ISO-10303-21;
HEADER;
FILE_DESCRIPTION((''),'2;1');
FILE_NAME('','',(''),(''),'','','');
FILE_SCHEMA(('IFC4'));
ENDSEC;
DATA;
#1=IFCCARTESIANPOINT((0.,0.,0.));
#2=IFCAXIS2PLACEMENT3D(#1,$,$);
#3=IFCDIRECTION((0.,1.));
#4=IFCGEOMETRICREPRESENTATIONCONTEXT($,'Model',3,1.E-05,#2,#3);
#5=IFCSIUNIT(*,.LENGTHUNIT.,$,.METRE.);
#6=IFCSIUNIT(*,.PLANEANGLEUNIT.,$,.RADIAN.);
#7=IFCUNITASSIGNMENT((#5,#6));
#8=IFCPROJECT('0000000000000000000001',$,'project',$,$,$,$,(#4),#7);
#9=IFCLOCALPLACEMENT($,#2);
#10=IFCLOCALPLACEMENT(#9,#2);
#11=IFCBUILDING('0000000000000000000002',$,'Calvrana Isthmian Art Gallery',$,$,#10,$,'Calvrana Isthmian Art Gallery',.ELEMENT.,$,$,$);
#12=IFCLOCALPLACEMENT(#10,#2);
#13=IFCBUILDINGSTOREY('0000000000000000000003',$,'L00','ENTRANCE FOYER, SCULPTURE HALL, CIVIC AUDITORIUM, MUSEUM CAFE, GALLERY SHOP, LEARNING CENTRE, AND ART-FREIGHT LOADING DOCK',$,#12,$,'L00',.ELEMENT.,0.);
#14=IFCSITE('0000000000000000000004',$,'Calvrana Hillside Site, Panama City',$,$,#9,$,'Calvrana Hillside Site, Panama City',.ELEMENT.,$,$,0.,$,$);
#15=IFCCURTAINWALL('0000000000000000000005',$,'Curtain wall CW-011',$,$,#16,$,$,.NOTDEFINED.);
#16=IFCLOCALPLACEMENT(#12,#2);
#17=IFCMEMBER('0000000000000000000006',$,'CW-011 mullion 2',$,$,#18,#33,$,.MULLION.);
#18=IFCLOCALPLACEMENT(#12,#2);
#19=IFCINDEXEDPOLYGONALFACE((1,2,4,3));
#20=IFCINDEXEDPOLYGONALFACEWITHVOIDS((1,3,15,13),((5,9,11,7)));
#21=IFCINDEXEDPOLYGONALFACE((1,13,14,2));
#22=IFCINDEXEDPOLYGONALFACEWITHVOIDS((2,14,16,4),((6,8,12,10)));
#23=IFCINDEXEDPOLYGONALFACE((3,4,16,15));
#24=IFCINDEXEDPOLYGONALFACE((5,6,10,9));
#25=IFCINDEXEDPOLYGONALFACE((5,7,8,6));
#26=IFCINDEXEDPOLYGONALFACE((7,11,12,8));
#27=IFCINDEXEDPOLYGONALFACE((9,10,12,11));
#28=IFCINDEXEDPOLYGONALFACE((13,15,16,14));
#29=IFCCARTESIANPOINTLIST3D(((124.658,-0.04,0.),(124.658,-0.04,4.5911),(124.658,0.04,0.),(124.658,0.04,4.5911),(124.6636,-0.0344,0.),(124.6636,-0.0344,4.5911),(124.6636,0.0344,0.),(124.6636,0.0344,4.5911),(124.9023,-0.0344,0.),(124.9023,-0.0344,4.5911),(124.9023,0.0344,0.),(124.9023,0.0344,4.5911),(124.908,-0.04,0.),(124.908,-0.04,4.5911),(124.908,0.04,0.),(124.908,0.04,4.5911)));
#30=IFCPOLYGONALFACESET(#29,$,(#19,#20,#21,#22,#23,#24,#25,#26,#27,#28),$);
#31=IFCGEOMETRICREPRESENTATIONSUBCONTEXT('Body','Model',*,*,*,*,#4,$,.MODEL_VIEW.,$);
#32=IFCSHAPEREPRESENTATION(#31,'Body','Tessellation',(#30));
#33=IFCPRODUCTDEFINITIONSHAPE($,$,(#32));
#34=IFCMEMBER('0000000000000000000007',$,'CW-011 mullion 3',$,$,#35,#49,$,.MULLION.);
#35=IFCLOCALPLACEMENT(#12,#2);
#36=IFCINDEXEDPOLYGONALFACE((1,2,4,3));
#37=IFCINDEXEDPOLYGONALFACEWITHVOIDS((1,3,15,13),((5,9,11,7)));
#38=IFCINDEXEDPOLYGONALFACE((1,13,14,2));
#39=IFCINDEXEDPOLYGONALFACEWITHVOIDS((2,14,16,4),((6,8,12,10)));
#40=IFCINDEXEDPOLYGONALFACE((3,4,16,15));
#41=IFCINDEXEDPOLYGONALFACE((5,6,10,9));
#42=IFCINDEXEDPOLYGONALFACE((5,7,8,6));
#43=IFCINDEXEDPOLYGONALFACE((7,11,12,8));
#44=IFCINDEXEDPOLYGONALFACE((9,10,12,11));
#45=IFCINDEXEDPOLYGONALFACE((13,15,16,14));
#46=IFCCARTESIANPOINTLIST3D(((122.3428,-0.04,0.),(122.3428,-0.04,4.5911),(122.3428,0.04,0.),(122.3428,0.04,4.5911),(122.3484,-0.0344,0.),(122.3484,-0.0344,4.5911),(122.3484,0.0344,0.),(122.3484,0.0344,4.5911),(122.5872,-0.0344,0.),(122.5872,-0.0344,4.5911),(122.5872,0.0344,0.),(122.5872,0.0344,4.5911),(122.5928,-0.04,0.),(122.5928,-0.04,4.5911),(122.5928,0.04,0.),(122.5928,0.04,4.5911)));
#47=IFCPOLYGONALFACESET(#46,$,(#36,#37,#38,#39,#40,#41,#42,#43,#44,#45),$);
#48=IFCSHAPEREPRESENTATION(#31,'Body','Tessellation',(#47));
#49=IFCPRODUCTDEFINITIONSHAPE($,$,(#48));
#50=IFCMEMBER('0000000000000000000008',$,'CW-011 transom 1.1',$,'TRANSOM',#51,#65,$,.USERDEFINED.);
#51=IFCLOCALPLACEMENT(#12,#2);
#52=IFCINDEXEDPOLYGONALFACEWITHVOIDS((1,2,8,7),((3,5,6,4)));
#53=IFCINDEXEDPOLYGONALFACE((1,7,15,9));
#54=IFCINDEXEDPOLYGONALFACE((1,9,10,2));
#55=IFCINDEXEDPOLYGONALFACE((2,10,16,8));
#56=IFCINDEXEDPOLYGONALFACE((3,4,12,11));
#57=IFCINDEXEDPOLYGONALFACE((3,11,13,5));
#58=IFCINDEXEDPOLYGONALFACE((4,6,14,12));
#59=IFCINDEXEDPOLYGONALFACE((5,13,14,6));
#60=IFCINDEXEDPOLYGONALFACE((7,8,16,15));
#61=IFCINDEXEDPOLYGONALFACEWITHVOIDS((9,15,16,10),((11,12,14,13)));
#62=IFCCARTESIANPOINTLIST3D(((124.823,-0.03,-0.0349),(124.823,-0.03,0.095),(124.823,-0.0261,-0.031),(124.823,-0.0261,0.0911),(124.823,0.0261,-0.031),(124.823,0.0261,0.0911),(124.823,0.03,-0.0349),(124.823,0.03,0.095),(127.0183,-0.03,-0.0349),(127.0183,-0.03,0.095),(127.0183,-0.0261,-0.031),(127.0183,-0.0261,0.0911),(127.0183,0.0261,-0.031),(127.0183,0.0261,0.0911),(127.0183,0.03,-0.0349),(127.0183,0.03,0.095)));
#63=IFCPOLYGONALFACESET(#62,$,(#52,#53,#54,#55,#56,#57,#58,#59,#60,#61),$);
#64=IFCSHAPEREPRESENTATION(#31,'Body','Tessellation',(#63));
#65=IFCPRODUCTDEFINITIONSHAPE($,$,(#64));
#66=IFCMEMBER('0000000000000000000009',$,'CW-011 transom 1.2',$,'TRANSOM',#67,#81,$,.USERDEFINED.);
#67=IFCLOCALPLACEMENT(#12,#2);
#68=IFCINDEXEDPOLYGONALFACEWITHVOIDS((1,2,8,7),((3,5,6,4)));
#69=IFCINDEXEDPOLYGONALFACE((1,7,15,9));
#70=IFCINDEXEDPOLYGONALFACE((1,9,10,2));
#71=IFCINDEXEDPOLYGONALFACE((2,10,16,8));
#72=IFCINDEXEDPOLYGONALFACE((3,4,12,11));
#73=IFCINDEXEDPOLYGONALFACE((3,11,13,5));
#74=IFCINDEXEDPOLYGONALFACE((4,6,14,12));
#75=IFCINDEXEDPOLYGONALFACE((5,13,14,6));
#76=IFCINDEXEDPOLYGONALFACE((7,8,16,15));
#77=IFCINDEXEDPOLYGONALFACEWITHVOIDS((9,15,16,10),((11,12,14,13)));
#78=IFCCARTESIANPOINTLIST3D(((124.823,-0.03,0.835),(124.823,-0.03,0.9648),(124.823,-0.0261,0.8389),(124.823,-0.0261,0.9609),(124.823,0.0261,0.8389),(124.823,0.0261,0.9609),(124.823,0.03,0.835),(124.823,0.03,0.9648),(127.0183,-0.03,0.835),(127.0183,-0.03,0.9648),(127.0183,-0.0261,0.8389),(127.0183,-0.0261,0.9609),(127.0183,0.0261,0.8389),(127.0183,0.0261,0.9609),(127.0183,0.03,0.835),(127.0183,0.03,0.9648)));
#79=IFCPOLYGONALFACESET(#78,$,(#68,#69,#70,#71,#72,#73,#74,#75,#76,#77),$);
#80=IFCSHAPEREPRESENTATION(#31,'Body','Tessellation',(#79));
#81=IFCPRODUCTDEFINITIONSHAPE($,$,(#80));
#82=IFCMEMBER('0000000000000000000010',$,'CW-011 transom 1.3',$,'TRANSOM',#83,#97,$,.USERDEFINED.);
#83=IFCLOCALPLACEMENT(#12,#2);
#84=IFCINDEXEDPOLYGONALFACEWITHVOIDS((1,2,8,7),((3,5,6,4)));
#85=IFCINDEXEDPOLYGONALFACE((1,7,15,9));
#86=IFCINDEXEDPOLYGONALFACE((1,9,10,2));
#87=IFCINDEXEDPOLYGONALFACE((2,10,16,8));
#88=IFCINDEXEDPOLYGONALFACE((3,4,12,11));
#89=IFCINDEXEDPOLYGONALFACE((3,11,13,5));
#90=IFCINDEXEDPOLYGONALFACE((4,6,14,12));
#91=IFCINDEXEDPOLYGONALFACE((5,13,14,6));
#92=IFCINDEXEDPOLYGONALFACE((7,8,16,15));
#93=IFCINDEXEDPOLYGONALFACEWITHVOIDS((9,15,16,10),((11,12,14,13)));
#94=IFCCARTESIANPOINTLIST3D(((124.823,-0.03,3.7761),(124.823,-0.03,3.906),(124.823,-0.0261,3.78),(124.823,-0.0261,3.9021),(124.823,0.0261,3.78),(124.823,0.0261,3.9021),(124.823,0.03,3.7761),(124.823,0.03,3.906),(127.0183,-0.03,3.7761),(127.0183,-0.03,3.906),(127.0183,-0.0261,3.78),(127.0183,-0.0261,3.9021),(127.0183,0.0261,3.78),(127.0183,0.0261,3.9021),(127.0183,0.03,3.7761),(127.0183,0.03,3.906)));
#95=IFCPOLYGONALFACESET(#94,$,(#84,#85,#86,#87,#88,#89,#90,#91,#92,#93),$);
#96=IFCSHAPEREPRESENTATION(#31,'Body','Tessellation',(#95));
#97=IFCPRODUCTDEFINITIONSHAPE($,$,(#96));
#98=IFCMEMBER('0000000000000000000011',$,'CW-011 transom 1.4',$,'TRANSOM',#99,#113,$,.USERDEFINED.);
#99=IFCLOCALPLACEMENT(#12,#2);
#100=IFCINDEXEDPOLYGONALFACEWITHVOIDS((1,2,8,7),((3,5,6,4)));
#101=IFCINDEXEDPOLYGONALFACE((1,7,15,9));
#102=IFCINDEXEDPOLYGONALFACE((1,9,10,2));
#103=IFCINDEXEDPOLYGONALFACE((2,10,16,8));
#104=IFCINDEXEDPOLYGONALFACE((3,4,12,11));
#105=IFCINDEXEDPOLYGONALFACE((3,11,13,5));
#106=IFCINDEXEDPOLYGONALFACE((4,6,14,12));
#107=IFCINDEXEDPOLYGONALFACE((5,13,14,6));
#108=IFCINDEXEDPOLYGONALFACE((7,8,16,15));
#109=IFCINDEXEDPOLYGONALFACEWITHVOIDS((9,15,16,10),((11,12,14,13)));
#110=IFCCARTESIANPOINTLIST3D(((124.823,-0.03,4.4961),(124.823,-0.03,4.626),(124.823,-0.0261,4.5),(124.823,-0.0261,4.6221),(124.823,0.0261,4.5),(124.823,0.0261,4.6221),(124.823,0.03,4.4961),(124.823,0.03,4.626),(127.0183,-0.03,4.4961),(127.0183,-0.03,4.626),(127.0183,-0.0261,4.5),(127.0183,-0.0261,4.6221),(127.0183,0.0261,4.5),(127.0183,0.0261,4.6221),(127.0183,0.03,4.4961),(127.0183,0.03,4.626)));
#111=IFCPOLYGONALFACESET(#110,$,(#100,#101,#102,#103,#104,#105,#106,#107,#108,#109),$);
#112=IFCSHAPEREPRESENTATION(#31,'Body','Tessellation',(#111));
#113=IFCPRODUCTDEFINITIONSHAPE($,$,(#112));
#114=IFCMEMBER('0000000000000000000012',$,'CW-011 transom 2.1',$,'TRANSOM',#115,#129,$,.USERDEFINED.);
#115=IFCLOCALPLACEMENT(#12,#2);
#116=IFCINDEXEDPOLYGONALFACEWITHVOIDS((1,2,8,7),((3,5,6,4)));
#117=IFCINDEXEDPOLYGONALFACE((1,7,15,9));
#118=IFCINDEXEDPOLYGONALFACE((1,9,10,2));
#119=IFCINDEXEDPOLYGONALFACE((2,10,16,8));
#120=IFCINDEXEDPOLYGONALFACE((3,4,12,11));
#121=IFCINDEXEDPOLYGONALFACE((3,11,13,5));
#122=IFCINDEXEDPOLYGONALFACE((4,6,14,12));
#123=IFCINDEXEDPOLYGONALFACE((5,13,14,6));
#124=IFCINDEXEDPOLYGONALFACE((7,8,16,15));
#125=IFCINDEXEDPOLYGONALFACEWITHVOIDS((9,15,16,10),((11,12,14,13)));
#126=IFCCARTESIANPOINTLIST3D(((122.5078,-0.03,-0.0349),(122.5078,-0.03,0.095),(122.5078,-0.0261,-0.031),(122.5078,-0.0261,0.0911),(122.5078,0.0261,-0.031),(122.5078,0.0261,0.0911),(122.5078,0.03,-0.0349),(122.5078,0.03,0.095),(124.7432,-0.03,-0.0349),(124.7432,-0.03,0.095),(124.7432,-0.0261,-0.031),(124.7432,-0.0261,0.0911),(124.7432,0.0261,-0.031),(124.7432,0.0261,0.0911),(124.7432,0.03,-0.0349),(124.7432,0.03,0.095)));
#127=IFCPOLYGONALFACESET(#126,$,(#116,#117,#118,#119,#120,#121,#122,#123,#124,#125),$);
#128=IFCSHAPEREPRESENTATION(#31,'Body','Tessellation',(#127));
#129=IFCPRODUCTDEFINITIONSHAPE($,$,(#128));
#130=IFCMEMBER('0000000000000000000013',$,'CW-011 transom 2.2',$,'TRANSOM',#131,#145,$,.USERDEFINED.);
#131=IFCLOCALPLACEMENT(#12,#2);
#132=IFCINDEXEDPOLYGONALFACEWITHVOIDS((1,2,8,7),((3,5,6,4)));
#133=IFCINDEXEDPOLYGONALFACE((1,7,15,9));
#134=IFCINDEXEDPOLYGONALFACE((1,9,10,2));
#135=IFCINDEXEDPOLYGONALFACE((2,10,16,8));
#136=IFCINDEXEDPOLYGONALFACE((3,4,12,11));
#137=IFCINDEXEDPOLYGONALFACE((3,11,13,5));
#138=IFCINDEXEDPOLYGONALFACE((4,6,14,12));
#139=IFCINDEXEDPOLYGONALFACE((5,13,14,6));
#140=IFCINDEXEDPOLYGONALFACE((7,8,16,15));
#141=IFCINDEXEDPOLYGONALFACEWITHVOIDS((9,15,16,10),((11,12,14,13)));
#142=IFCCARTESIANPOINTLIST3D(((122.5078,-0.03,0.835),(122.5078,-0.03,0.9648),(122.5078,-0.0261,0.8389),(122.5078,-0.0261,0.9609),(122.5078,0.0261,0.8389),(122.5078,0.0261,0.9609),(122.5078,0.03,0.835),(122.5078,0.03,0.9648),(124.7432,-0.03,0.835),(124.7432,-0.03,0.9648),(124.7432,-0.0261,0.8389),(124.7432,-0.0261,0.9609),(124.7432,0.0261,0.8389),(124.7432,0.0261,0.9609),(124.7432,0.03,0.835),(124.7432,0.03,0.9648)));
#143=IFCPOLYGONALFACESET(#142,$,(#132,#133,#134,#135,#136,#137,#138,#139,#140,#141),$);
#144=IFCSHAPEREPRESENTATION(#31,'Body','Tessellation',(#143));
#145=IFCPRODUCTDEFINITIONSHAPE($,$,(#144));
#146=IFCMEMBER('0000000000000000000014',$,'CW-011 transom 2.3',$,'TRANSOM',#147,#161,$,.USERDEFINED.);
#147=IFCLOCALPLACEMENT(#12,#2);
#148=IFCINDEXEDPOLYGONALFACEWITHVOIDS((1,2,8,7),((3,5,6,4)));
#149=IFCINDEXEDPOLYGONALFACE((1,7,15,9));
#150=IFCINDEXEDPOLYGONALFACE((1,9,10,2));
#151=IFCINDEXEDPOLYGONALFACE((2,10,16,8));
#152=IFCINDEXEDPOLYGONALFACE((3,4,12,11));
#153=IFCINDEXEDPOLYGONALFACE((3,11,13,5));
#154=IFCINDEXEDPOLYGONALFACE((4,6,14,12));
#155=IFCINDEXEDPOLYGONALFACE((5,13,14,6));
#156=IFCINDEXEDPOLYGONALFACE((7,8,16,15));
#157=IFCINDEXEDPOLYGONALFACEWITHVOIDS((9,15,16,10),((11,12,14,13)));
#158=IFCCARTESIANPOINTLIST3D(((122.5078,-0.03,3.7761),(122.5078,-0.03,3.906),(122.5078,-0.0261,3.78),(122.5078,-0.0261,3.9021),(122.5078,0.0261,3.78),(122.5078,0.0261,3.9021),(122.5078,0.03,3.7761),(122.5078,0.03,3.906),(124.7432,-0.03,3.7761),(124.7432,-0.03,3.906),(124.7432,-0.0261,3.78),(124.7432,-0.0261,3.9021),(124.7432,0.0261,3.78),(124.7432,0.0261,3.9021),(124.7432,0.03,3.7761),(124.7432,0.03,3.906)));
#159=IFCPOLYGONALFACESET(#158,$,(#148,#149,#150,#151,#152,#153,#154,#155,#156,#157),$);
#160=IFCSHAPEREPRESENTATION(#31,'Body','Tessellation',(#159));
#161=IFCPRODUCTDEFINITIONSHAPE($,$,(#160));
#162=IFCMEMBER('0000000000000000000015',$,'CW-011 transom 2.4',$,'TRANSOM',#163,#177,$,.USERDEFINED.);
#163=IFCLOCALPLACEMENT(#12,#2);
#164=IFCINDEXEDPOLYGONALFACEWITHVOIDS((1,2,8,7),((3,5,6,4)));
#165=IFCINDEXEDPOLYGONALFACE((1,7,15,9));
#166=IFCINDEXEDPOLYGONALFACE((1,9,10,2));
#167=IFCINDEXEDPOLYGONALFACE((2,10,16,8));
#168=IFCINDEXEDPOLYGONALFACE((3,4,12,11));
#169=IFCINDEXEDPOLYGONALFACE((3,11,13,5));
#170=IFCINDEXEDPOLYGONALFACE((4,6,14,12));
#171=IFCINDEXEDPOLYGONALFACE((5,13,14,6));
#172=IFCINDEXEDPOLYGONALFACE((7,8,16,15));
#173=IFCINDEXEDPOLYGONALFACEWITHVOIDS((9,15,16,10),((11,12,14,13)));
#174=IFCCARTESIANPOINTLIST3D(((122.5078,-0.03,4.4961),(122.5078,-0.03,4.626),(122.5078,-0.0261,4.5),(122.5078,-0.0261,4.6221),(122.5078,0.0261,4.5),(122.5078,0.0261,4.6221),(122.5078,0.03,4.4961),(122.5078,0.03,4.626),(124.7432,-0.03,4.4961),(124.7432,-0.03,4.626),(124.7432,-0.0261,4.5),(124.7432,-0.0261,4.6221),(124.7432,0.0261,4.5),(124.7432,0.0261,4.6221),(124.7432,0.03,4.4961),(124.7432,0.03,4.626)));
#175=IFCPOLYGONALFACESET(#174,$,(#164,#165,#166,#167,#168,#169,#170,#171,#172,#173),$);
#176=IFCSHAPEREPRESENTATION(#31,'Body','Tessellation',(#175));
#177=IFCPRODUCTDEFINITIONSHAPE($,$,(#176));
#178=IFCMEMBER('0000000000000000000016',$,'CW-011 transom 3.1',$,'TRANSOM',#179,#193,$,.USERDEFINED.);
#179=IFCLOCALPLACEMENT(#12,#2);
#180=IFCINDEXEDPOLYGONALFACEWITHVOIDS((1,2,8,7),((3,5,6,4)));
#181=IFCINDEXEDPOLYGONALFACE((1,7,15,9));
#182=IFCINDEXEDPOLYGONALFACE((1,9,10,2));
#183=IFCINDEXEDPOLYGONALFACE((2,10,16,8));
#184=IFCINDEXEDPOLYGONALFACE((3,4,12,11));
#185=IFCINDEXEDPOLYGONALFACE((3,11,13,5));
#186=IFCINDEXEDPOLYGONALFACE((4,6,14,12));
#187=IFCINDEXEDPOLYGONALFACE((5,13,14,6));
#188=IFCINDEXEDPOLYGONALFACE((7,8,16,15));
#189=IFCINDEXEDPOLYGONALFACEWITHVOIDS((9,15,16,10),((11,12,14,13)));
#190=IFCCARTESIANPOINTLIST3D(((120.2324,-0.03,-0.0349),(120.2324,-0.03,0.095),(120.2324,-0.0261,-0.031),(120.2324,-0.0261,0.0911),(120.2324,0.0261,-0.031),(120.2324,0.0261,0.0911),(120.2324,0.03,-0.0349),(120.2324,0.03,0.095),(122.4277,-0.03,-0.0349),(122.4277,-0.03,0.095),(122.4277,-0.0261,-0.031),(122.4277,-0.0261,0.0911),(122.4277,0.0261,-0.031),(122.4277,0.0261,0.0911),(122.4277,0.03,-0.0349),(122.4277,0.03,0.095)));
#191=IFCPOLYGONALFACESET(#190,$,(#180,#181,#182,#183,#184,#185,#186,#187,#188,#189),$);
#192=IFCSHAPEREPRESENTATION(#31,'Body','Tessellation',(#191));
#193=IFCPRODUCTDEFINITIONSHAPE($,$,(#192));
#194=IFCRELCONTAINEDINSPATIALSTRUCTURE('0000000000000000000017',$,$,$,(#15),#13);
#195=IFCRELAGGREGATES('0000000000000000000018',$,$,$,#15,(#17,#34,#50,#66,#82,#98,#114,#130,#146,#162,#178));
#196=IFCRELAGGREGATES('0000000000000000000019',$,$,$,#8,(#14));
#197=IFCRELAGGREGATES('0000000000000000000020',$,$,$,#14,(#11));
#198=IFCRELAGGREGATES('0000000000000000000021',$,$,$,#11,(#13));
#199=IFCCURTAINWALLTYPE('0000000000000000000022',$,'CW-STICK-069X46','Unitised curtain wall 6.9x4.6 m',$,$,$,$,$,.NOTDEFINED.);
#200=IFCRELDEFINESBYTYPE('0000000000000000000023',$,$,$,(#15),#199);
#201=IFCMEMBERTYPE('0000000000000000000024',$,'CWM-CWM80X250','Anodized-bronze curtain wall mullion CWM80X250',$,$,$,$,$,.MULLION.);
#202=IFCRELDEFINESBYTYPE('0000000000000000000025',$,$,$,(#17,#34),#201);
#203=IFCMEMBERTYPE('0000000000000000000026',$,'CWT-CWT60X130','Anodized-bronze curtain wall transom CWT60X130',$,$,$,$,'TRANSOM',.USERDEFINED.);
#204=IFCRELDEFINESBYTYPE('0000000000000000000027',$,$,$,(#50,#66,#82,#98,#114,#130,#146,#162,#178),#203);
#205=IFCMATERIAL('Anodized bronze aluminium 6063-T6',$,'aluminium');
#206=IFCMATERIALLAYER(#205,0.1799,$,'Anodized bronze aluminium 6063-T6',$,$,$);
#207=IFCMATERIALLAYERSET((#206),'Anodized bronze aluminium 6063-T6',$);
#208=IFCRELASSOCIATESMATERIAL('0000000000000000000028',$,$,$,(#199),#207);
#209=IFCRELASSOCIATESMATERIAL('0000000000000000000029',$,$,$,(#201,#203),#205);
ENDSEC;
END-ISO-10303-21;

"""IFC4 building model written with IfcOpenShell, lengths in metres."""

from ifc_helpers import new_model, si_unit, direction, frame, origin, origin_2d, place, context, subcontext, project, spatial, hollow_rectangle, extrude, material, layer, layer_set, material_profile, profile_set, type_object, element, aggregate, save


model = new_model("IFC4")

# Units and contexts
model_context = context("Model", 3, precision=1e-05, world=origin(), true_north=direction((0.0, 1.0)))
body_context = subcontext(model_context, "Body", "Model", "MODEL_VIEW")
ifc_project = project(units=[si_unit("LENGTHUNIT", "METRE"), si_unit("PLANEANGLEUNIT", "RADIAN")], contexts=[model_context])

# Site, building, storey
site_placement = place(None, origin())
site = spatial("IfcSite", under=ifc_project, at=site_placement, Name="Calvrana Hillside Site, Panama City", LongName="Calvrana Hillside Site, Panama City", CompositionType="ELEMENT", RefElevation=0.0)
building_placement = place(site_placement, origin())
building = spatial("IfcBuilding", under=site, at=building_placement, Name="Calvrana Isthmian Art Gallery", LongName="Calvrana Isthmian Art Gallery", CompositionType="ELEMENT")
storey_placement = place(building_placement, origin())
storey = spatial("IfcBuildingStorey", under=building, at=storey_placement, Name="L00", Description="ENTRANCE FOYER, SCULPTURE HALL, CIVIC AUDITORIUM, MUSEUM CAFE, GALLERY SHOP, LEARNING CENTRE, AND ART-FREIGHT LOADING DOCK", LongName="L00", CompositionType="ELEMENT", Elevation=0.0)

# Shared definitions
ifc_material_1 = material(Name="Anodized bronze aluminium 6063-T6", Category="aluminium")

# Curtain wall, members
ifc_layer_1 = layer(ifc_material_1, 0.1799, Name="Anodized bronze aluminium 6063-T6")
ifc_layer_set_1 = layer_set([ifc_layer_1], Name="Anodized bronze aluminium 6063-T6")
curtain_wall_type_1 = type_object("IfcCurtainWallType", Name="CW-STICK-069X46", Description="Unitised curtain wall 6.9x4.6 m", PredefinedType="NOTDEFINED", material=ifc_layer_set_1)
curtain_wall_1_placement = place(storey_placement, origin())
curtain_wall_1 = element("IfcCurtainWall", 1, at=curtain_wall_1_placement, inside=storey, type_object=curtain_wall_type_1, Name="Curtain wall CW-011", PredefinedType="NOTDEFINED")
ifc_material_profile_1 = material_profile(ifc_material_1, hollow_rectangle(XDim=0.0801, YDim=0.25, WallThickness=0.0056, at=origin_2d()), Name="CWM80X250")
ifc_profile_set_1 = profile_set([ifc_material_profile_1], Name="Anodized bronze aluminium 6063-T6")
member_type_1 = type_object("IfcMemberType", Name="CWM-CWM80X250", Description="Anodized-bronze curtain wall mullion CWM80X250", PredefinedType="MULLION", material=ifc_profile_set_1)
member_1_placement = place(storey_placement, frame((124.783, 0.0, 0.0), z_axis=(0.0, 0.0, 1.0), x_axis=(0.0, -1.0, 0.0)))
member_1 = element("IfcMember", 2, at=member_1_placement, type_object=member_type_1, Name="CW-011 mullion 2", PredefinedType="MULLION", context=body_context, shape_type="SweptSolid", body=[
    extrude(hollow_rectangle(XDim=0.0801, YDim=0.25, WallThickness=0.0056, at=origin_2d()), origin(), (0.0, 0.0, 1.0), 4.5911),
])
member_2_placement = place(storey_placement, frame((122.4678, 0.0, 0.0), z_axis=(0.0, 0.0, 1.0), x_axis=(0.0, -1.0, 0.0)))
member_2 = element("IfcMember", 3, at=member_2_placement, type_object=member_type_1, Name="CW-011 mullion 3", PredefinedType="MULLION", context=body_context, shape_type="SweptSolid", body=[
    extrude(hollow_rectangle(XDim=0.0801, YDim=0.25, WallThickness=0.0056, at=origin_2d()), origin(), (0.0, 0.0, 1.0), 4.5911),
])
ifc_material_profile_2 = material_profile(ifc_material_1, hollow_rectangle(XDim=0.0601, YDim=0.1299, WallThickness=0.0039, at=origin_2d()), Name="CWT60X130")
ifc_profile_set_2 = profile_set([ifc_material_profile_2], Name="Anodized bronze aluminium 6063-T6")
member_type_2 = type_object("IfcMemberType", Name="CWT-CWT60X130", Description="Anodized-bronze curtain wall transom CWT60X130", ElementType="TRANSOM", PredefinedType="USERDEFINED", material=ifc_profile_set_2)
member_3_placement = place(storey_placement, frame((127.0183, 0.0, 0.03), z_axis=(-1.0, 0.0, 0.0), x_axis=(0.0, -1.0, 0.0)))
member_3 = element("IfcMember", 4, at=member_3_placement, type_object=member_type_2, Name="CW-011 transom 1.1", ObjectType="TRANSOM", PredefinedType="USERDEFINED", context=body_context, shape_type="SweptSolid", body=[
    extrude(hollow_rectangle(XDim=0.0601, YDim=0.1299, WallThickness=0.0039, at=origin_2d()), origin(), (0.0, 0.0, 1.0), 2.1953),
])
member_4_placement = place(storey_placement, frame((127.0183, 0.0, 0.8999), z_axis=(-1.0, 0.0, 0.0), x_axis=(0.0, -1.0, 0.0)))
member_4 = element("IfcMember", 5, at=member_4_placement, type_object=member_type_2, Name="CW-011 transom 1.2", ObjectType="TRANSOM", PredefinedType="USERDEFINED", context=body_context, shape_type="SweptSolid", body=[
    extrude(hollow_rectangle(XDim=0.0601, YDim=0.1299, WallThickness=0.0039, at=origin_2d()), origin(), (0.0, 0.0, 1.0), 2.1953),
])
member_5_placement = place(storey_placement, frame((127.0183, 0.0, 3.8411), z_axis=(-1.0, 0.0, 0.0), x_axis=(0.0, -1.0, 0.0)))
member_5 = element("IfcMember", 6, at=member_5_placement, type_object=member_type_2, Name="CW-011 transom 1.3", ObjectType="TRANSOM", PredefinedType="USERDEFINED", context=body_context, shape_type="SweptSolid", body=[
    extrude(hollow_rectangle(XDim=0.0601, YDim=0.1299, WallThickness=0.0039, at=origin_2d()), origin(), (0.0, 0.0, 1.0), 2.1953),
])
member_6_placement = place(storey_placement, frame((127.0183, 0.0, 4.561), z_axis=(-1.0, 0.0, 0.0), x_axis=(0.0, -1.0, 0.0)))
member_6 = element("IfcMember", 7, at=member_6_placement, type_object=member_type_2, Name="CW-011 transom 1.4", ObjectType="TRANSOM", PredefinedType="USERDEFINED", context=body_context, shape_type="SweptSolid", body=[
    extrude(hollow_rectangle(XDim=0.0601, YDim=0.1299, WallThickness=0.0039, at=origin_2d()), origin(), (0.0, 0.0, 1.0), 2.1953),
])
member_7_placement = place(storey_placement, frame((124.7432, 0.0, 0.03), z_axis=(-1.0, 0.0, 0.0), x_axis=(0.0, -1.0, 0.0)))
member_7 = element("IfcMember", 8, at=member_7_placement, type_object=member_type_2, Name="CW-011 transom 2.1", ObjectType="TRANSOM", PredefinedType="USERDEFINED", context=body_context, shape_type="SweptSolid", body=[
    extrude(hollow_rectangle(XDim=0.0601, YDim=0.1299, WallThickness=0.0039, at=origin_2d()), origin(), (0.0, 0.0, 1.0), 2.2354),
])
member_8_placement = place(storey_placement, frame((124.7432, 0.0, 0.8999), z_axis=(-1.0, 0.0, 0.0), x_axis=(0.0, -1.0, 0.0)))
member_8 = element("IfcMember", 9, at=member_8_placement, type_object=member_type_2, Name="CW-011 transom 2.2", ObjectType="TRANSOM", PredefinedType="USERDEFINED", context=body_context, shape_type="SweptSolid", body=[
    extrude(hollow_rectangle(XDim=0.0601, YDim=0.1299, WallThickness=0.0039, at=origin_2d()), origin(), (0.0, 0.0, 1.0), 2.2354),
])
member_9_placement = place(storey_placement, frame((124.7432, 0.0, 3.8411), z_axis=(-1.0, 0.0, 0.0), x_axis=(0.0, -1.0, 0.0)))
member_9 = element("IfcMember", 10, at=member_9_placement, type_object=member_type_2, Name="CW-011 transom 2.3", ObjectType="TRANSOM", PredefinedType="USERDEFINED", context=body_context, shape_type="SweptSolid", body=[
    extrude(hollow_rectangle(XDim=0.0601, YDim=0.1299, WallThickness=0.0039, at=origin_2d()), origin(), (0.0, 0.0, 1.0), 2.2354),
])
member_10_placement = place(storey_placement, frame((124.7432, 0.0, 4.561), z_axis=(-1.0, 0.0, 0.0), x_axis=(0.0, -1.0, 0.0)))
member_10 = element("IfcMember", 11, at=member_10_placement, type_object=member_type_2, Name="CW-011 transom 2.4", ObjectType="TRANSOM", PredefinedType="USERDEFINED", context=body_context, shape_type="SweptSolid", body=[
    extrude(hollow_rectangle(XDim=0.0601, YDim=0.1299, WallThickness=0.0039, at=origin_2d()), origin(), (0.0, 0.0, 1.0), 2.2354),
])
member_11_placement = place(storey_placement, frame((122.4277, 0.0, 0.03), z_axis=(-1.0, 0.0, 0.0), x_axis=(0.0, -1.0, 0.0)))
member_11 = element("IfcMember", 12, at=member_11_placement, type_object=member_type_2, Name="CW-011 transom 3.1", ObjectType="TRANSOM", PredefinedType="USERDEFINED", context=body_context, shape_type="SweptSolid", body=[
    extrude(hollow_rectangle(XDim=0.0601, YDim=0.1299, WallThickness=0.0039, at=origin_2d()), origin(), (0.0, 0.0, 1.0), 2.1953),
])
aggregate(curtain_wall_1, [member_1, member_2, member_3, member_4, member_5, member_6, member_7, member_8, member_9, member_10, member_11])

save(model, "model.ifc")
